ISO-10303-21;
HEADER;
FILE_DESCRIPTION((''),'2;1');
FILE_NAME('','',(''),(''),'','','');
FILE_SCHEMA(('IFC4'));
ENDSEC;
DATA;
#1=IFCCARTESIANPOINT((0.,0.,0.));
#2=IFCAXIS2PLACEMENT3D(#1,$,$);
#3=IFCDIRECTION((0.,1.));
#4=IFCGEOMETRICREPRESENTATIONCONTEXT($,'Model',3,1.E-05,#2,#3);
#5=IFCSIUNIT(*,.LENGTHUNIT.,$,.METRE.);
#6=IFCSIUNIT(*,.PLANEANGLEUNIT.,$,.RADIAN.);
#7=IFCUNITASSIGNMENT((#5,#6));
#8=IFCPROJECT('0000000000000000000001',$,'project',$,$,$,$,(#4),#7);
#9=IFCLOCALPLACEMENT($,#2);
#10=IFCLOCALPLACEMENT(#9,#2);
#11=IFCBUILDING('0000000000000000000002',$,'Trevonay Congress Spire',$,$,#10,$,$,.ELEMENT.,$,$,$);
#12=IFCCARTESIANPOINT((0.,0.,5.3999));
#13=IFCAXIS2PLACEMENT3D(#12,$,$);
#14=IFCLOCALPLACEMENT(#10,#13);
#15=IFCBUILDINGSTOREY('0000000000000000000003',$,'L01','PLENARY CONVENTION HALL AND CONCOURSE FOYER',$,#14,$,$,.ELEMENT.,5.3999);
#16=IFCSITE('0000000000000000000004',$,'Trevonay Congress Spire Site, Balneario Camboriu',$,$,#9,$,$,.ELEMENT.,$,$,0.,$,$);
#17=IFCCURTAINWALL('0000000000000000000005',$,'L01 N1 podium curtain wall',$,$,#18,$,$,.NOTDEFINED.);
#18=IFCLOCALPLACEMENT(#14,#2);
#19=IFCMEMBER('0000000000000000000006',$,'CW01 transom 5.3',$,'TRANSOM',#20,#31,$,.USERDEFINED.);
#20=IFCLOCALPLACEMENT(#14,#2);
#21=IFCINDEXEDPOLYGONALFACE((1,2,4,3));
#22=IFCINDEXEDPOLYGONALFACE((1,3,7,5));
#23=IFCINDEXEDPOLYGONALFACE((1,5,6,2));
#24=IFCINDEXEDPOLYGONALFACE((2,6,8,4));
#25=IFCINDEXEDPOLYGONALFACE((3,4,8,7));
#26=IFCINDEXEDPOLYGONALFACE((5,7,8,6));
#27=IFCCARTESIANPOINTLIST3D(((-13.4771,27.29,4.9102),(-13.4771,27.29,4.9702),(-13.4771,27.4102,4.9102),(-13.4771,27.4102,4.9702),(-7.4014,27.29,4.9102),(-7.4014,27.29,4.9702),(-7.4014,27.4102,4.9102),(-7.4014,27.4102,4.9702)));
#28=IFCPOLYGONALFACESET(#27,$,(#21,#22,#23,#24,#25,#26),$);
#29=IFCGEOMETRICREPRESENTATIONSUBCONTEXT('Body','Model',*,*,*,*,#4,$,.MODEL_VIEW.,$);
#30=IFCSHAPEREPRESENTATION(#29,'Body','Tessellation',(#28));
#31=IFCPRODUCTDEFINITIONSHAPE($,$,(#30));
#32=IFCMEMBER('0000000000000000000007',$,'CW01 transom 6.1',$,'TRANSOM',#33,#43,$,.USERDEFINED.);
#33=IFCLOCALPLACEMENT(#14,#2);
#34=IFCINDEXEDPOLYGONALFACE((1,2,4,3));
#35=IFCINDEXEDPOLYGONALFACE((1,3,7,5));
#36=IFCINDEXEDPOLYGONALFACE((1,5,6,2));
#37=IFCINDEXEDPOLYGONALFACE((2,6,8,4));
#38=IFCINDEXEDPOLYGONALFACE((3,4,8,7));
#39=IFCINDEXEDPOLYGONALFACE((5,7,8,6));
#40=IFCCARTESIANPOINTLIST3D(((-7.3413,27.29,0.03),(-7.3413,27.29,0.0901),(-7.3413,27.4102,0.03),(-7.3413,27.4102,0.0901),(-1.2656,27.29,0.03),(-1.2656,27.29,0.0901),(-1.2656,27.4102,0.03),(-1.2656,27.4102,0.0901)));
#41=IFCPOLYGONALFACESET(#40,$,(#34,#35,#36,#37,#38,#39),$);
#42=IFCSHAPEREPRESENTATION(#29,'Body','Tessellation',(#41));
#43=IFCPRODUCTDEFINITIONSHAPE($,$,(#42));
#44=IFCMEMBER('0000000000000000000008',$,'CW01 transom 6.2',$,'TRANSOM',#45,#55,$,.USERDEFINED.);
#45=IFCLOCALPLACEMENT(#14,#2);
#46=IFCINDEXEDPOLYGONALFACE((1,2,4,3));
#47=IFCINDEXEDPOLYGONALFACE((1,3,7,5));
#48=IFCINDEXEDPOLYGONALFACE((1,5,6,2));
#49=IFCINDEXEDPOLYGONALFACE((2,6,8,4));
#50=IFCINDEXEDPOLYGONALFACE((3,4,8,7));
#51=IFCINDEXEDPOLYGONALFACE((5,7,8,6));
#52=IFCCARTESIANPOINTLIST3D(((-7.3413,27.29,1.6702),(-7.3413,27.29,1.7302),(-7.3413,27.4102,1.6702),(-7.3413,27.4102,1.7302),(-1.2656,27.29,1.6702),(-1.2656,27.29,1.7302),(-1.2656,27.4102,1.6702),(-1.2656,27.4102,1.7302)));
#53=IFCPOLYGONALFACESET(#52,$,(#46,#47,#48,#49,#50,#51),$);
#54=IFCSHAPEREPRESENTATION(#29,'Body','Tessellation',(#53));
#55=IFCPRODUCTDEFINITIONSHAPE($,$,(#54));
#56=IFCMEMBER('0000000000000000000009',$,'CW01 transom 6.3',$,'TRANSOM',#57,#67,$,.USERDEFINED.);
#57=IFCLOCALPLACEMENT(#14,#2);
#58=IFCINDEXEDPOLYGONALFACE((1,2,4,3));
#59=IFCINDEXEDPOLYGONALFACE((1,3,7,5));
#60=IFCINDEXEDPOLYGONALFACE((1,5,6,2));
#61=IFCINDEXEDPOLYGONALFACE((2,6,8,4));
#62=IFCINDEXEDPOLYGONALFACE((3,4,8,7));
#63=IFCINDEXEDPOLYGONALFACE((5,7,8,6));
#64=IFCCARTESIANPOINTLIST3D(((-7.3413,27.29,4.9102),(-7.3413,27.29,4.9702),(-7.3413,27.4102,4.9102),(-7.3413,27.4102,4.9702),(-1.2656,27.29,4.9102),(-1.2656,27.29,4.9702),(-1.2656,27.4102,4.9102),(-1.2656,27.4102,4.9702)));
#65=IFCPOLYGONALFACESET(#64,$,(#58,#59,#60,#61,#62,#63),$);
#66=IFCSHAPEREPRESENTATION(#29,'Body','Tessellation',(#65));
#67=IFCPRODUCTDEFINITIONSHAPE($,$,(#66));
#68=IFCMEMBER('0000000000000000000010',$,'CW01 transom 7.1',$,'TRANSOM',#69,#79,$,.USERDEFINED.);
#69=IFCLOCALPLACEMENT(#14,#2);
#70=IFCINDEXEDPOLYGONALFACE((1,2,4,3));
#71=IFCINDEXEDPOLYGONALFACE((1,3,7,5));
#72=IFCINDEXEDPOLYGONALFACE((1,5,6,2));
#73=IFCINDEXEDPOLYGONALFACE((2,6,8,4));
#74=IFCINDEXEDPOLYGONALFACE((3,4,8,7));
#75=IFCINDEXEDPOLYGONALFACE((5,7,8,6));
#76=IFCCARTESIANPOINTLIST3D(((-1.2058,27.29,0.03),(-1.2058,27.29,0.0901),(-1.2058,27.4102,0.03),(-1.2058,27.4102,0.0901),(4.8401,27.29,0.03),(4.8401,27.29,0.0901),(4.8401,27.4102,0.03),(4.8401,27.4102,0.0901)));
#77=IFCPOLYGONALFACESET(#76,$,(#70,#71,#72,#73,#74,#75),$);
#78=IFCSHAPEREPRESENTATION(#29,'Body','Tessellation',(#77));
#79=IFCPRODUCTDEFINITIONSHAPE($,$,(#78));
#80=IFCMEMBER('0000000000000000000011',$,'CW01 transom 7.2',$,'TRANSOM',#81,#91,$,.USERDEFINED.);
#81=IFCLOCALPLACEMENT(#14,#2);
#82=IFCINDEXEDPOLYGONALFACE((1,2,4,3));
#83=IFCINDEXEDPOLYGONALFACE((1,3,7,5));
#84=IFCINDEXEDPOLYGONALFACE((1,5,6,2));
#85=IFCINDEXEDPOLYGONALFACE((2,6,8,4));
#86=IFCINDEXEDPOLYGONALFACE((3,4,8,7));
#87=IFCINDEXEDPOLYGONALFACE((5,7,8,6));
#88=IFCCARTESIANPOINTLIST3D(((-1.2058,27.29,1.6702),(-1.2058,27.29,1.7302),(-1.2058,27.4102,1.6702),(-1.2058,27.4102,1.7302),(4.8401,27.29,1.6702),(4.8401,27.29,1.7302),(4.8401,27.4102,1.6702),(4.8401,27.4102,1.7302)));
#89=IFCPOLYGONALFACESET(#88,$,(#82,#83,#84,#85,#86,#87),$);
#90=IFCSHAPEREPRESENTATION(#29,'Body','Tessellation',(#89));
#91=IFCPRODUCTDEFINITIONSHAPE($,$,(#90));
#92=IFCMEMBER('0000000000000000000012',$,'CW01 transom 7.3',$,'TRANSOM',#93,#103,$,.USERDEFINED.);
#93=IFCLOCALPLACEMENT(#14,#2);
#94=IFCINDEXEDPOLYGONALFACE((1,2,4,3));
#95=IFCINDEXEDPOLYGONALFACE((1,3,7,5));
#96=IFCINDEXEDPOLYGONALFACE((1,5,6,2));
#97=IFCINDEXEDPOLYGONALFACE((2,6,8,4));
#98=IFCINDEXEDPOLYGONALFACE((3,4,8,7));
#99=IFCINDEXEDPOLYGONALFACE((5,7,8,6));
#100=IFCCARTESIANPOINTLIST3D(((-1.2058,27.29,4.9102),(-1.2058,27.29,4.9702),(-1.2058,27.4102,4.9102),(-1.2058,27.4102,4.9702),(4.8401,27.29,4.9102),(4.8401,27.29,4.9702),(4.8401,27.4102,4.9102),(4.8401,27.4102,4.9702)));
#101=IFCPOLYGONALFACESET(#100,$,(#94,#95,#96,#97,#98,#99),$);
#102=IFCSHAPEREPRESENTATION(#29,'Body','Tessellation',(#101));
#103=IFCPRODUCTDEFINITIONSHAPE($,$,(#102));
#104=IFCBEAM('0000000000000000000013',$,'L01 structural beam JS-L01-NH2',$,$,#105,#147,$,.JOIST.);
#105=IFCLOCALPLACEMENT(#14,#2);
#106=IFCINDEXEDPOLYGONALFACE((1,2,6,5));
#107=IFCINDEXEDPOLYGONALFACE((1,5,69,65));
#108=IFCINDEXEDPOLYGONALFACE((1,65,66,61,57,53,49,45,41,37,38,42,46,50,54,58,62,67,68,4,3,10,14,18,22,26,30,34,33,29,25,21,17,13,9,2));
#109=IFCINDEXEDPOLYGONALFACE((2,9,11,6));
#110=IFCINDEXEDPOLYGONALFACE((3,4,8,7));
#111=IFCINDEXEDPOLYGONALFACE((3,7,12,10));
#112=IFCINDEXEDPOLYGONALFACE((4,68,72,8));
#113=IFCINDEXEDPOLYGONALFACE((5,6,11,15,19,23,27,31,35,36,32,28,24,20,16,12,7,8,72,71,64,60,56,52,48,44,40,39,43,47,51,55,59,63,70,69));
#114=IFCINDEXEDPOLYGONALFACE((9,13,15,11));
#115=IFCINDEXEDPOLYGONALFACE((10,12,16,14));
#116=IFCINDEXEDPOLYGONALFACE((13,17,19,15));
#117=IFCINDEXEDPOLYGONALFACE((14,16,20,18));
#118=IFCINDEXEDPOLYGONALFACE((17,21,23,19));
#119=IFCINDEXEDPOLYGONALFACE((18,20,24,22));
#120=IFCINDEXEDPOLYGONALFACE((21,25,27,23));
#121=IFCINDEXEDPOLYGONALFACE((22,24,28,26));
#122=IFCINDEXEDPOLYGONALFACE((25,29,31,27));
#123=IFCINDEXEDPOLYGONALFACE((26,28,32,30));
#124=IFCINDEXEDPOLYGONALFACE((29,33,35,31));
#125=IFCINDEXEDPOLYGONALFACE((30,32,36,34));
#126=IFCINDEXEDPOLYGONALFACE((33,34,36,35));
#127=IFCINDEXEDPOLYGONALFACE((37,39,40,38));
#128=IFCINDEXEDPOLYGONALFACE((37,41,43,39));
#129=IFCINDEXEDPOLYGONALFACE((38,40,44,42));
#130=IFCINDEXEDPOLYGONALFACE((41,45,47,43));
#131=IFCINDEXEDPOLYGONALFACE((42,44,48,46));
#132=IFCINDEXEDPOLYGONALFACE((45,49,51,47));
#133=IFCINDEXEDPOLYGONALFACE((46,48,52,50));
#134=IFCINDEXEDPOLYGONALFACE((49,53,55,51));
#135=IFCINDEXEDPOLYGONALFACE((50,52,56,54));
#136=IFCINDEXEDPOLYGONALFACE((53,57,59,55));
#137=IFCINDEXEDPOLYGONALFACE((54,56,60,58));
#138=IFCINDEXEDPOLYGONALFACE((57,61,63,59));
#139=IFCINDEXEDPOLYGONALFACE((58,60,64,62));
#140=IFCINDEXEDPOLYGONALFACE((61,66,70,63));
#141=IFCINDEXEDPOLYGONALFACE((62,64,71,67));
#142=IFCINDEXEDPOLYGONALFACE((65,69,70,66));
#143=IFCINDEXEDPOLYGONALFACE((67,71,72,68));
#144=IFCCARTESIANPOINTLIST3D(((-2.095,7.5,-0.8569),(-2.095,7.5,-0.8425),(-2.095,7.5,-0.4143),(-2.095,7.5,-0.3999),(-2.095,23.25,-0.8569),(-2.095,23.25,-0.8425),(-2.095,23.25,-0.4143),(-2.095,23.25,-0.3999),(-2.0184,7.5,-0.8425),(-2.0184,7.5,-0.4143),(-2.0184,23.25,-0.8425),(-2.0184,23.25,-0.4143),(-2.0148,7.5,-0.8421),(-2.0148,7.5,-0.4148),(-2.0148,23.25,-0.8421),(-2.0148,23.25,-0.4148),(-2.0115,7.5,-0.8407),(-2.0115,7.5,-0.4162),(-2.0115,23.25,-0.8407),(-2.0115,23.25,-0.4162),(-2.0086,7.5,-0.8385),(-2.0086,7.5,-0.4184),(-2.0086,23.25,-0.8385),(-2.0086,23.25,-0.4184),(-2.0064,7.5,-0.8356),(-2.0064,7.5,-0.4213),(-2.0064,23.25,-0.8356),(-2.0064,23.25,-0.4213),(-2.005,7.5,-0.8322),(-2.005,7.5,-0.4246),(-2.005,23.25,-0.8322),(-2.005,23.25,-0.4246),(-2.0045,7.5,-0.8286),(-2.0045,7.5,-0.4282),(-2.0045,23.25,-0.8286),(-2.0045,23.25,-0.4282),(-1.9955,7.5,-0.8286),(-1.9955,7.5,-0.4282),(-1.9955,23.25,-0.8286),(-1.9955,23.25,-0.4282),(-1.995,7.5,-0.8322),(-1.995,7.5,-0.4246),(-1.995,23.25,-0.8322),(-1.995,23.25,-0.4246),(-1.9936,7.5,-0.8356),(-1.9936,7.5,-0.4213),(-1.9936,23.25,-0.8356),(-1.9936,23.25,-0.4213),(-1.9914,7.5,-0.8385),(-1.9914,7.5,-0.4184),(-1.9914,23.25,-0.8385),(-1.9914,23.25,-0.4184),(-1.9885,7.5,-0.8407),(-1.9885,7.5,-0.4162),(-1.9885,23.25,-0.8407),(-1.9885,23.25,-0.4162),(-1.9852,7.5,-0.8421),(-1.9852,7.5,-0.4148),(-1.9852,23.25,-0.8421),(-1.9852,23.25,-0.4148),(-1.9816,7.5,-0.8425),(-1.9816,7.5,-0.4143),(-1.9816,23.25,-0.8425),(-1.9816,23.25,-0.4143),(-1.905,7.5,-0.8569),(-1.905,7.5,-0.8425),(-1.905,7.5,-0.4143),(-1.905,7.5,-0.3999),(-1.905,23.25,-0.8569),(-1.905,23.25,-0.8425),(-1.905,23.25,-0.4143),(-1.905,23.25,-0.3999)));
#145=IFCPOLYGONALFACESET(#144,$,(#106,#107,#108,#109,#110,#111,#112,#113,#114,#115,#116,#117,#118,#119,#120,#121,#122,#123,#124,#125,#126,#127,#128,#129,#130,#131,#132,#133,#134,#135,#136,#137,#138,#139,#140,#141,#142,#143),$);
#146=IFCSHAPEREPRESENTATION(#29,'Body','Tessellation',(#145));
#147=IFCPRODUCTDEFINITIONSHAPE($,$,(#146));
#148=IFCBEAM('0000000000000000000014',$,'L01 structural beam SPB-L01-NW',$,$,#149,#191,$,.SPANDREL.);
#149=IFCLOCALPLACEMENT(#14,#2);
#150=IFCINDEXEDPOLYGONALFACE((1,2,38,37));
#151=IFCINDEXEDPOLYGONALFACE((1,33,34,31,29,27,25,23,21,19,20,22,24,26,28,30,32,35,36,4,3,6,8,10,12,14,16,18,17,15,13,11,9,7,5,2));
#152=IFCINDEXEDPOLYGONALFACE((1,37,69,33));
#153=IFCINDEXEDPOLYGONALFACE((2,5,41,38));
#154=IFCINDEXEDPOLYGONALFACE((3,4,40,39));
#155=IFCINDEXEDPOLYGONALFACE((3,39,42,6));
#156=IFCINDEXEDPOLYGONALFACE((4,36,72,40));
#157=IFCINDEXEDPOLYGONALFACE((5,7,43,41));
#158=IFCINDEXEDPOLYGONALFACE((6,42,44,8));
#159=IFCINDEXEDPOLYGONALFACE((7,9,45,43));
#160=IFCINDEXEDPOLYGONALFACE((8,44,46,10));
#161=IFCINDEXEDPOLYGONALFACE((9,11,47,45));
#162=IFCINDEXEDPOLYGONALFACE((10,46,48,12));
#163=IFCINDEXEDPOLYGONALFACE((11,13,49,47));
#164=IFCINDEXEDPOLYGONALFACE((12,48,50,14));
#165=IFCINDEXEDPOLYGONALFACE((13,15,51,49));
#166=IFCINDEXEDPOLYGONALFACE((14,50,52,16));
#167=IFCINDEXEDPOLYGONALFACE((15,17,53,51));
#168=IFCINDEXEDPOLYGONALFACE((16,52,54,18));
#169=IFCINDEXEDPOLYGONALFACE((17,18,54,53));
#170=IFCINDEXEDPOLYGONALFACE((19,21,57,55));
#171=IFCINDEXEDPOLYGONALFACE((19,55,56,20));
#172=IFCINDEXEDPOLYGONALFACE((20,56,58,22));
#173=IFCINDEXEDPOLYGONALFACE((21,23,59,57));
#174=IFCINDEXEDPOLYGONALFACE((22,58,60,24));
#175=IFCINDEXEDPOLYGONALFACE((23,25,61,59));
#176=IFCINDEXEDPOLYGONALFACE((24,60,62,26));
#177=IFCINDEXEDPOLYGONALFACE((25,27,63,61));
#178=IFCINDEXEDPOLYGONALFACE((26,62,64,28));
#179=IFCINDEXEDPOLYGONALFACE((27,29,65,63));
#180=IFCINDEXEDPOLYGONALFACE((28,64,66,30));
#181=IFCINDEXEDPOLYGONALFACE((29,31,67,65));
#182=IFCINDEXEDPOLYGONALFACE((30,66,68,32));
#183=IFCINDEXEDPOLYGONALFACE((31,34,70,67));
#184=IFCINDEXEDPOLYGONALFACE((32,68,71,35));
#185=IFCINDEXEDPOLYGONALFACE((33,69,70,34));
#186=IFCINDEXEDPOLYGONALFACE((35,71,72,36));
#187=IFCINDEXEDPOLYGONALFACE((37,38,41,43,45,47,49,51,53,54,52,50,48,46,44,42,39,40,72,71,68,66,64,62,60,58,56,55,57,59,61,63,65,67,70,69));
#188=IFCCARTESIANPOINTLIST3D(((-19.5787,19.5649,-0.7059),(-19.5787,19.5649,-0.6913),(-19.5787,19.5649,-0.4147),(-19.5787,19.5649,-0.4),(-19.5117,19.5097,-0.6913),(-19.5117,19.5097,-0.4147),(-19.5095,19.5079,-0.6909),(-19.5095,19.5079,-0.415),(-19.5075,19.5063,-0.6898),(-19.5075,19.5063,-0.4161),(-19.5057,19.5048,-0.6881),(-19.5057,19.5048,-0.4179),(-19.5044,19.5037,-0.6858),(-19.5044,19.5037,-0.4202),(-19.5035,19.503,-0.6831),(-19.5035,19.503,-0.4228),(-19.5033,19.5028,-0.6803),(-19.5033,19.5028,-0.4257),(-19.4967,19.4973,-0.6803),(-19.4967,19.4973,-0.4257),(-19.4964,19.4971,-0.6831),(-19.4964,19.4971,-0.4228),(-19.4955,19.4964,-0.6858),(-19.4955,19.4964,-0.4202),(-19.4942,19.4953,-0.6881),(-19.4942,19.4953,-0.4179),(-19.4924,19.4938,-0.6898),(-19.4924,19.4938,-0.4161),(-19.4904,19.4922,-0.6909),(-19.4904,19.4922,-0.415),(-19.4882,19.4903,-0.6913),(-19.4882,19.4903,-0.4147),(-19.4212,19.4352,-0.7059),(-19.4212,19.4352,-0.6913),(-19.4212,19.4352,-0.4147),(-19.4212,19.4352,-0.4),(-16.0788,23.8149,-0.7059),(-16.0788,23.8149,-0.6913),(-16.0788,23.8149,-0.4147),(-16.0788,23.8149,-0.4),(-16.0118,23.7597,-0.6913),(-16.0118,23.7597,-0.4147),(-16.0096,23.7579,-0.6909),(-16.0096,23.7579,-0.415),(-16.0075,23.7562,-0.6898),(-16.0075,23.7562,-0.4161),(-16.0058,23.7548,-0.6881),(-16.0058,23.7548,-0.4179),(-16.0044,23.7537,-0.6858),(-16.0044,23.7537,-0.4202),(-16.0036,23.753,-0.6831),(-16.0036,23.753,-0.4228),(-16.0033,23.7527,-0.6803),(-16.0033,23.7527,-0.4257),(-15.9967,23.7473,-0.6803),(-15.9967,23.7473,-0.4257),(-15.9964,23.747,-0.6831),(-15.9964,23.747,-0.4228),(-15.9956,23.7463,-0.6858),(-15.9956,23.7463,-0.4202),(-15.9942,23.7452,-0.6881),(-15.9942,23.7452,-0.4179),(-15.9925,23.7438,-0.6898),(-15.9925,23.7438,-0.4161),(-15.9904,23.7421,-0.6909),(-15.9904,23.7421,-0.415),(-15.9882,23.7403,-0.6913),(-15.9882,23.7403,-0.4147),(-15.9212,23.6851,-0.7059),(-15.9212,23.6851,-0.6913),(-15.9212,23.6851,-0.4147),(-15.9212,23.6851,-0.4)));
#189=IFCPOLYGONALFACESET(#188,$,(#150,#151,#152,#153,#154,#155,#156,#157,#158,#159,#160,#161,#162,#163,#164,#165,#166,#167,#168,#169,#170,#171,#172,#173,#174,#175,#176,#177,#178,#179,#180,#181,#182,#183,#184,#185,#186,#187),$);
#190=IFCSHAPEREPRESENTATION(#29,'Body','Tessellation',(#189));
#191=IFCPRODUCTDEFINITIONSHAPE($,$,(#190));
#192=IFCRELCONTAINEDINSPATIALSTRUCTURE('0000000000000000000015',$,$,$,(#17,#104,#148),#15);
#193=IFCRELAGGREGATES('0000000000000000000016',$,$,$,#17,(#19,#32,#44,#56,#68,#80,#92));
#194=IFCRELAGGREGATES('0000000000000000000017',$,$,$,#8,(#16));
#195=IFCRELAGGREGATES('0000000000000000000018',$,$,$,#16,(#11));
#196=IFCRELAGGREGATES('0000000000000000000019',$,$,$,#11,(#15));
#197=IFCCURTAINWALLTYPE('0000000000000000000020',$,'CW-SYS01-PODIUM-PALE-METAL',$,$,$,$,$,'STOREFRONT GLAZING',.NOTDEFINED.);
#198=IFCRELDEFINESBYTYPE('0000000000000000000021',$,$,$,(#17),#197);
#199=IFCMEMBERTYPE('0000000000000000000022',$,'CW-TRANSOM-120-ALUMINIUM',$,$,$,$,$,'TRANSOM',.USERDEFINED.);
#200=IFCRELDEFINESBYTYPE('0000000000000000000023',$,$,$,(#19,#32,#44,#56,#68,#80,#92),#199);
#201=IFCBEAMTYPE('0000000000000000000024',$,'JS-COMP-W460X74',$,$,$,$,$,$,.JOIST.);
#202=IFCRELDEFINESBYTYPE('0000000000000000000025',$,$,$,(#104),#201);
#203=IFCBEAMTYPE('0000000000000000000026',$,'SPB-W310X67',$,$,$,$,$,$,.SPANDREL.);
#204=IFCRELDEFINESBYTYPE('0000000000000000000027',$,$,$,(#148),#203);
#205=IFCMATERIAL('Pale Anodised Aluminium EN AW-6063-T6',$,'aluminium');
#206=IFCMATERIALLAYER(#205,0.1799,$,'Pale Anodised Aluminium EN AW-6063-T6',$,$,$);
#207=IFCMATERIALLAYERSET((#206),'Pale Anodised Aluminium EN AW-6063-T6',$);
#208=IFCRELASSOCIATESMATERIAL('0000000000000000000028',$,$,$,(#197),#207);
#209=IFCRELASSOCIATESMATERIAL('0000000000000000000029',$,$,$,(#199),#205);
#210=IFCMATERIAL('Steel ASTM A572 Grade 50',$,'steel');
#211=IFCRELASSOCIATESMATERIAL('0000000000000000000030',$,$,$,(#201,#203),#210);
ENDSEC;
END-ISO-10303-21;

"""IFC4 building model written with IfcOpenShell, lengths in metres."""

from ifc_helpers import new_model, si_unit, direction, frame, origin, origin_2d, place, context, subcontext, project, spatial, rectangle, i_section, extrude, material, layer, layer_set, material_profile, profile_set, type_object, element, aggregate, save


model = new_model("IFC4")

# Units and contexts
model_context = context("Model", 3, precision=1e-05, world=origin(), true_north=direction((0.0, 1.0)))
body_context = subcontext(model_context, "Body", "Model", "MODEL_VIEW")
ifc_project = project(units=[si_unit("LENGTHUNIT", "METRE"), si_unit("PLANEANGLEUNIT", "RADIAN")], contexts=[model_context])

# Site, building, storey
site_placement = place(None, origin())
site = spatial("IfcSite", under=ifc_project, at=site_placement, Name="Trevonay Congress Spire Site, Balneario Camboriu", CompositionType="ELEMENT", RefElevation=0.0)
building_placement = place(site_placement, origin())
building = spatial("IfcBuilding", under=site, at=building_placement, Name="Trevonay Congress Spire", CompositionType="ELEMENT")
storey_placement = place(building_placement, frame((0.0, 0.0, 5.3999)))
storey = spatial("IfcBuildingStorey", under=building, at=storey_placement, Name="L01", Description="PLENARY CONVENTION HALL AND CONCOURSE FOYER", CompositionType="ELEMENT", Elevation=5.3999)

# Shared definitions
ifc_material_1 = material(Name="Steel ASTM A572 Grade 50", Category="steel")

# Curtain wall, members
ifc_material_2 = material(Name="Pale Anodised Aluminium EN AW-6063-T6", Category="aluminium")
ifc_layer_1 = layer(ifc_material_2, 0.1799, Name="Pale Anodised Aluminium EN AW-6063-T6")
ifc_layer_set_1 = layer_set([ifc_layer_1], Name="Pale Anodised Aluminium EN AW-6063-T6")
curtain_wall_type = type_object("IfcCurtainWallType", Name="CW-SYS01-PODIUM-PALE-METAL", ElementType="STOREFRONT GLAZING", PredefinedType="NOTDEFINED", material=ifc_layer_set_1)
curtain_wall_placement = place(storey_placement, origin())
curtain_wall = element("IfcCurtainWall", 1, at=curtain_wall_placement, inside=storey, type_object=curtain_wall_type, Name="L01 N1 podium curtain wall", PredefinedType="NOTDEFINED")
ifc_material_profile_1 = material_profile(ifc_material_2, rectangle(XDim=0.1201, YDim=0.0601, at=origin_2d()), Name="CW-TRANSOM-120-ALUMINIUM")
ifc_profile_set_1 = profile_set([ifc_material_profile_1], Name="Pale Anodised Aluminium EN AW-6063-T6")
member_type_1 = type_object("IfcMemberType", Name="CW-TRANSOM-120-ALUMINIUM", ElementType="TRANSOM", PredefinedType="USERDEFINED", material=ifc_profile_set_1)
member_1_placement = place(storey_placement, frame((-13.4771, 27.3501, 4.9402), z_axis=(1.0, 0.0, 0.0), x_axis=(0.0, 1.0, 0.0)))
member_1 = element("IfcMember", 2, at=member_1_placement, type_object=member_type_1, Name="CW01 transom 5.3", ObjectType="TRANSOM", PredefinedType="USERDEFINED", context=body_context, shape_type="SweptSolid", body=[
    extrude(rectangle(XDim=0.1201, YDim=0.0601, at=origin_2d()), origin(), (0.0, 0.0, 1.0), 6.0757),
])
member_2_placement = place(storey_placement, frame((-7.3413, 27.3501, 0.0601), z_axis=(1.0, 0.0, 0.0), x_axis=(0.0, 1.0, 0.0)))
member_2 = element("IfcMember", 3, at=member_2_placement, type_object=member_type_1, Name="CW01 transom 6.1", ObjectType="TRANSOM", PredefinedType="USERDEFINED", context=body_context, shape_type="SweptSolid", body=[
    extrude(rectangle(XDim=0.1201, YDim=0.0601, at=origin_2d()), origin(), (0.0, 0.0, 1.0), 6.0757),
])
member_3_placement = place(storey_placement, frame((-7.3413, 27.3501, 1.7002), z_axis=(1.0, 0.0, 0.0), x_axis=(0.0, 1.0, 0.0)))
member_3 = element("IfcMember", 4, at=member_3_placement, type_object=member_type_1, Name="CW01 transom 6.2", ObjectType="TRANSOM", PredefinedType="USERDEFINED", context=body_context, shape_type="SweptSolid", body=[
    extrude(rectangle(XDim=0.1201, YDim=0.0601, at=origin_2d()), origin(), (0.0, 0.0, 1.0), 6.0757),
])
member_4_placement = place(storey_placement, frame((-7.3413, 27.3501, 4.9402), z_axis=(1.0, 0.0, 0.0), x_axis=(0.0, 1.0, 0.0)))
member_4 = element("IfcMember", 5, at=member_4_placement, type_object=member_type_1, Name="CW01 transom 6.3", ObjectType="TRANSOM", PredefinedType="USERDEFINED", context=body_context, shape_type="SweptSolid", body=[
    extrude(rectangle(XDim=0.1201, YDim=0.0601, at=origin_2d()), origin(), (0.0, 0.0, 1.0), 6.0757),
])
member_5_placement = place(storey_placement, frame((-1.2058, 27.3501, 0.0601), z_axis=(1.0, 0.0, 0.0), x_axis=(0.0, 1.0, 0.0)))
member_5 = element("IfcMember", 6, at=member_5_placement, type_object=member_type_1, Name="CW01 transom 7.1", ObjectType="TRANSOM", PredefinedType="USERDEFINED", context=body_context, shape_type="SweptSolid", body=[
    extrude(rectangle(XDim=0.1201, YDim=0.0601, at=origin_2d()), origin(), (0.0, 0.0, 1.0), 6.0459),
])
member_6_placement = place(storey_placement, frame((-1.2058, 27.3501, 1.7002), z_axis=(1.0, 0.0, 0.0), x_axis=(0.0, 1.0, 0.0)))
member_6 = element("IfcMember", 7, at=member_6_placement, type_object=member_type_1, Name="CW01 transom 7.2", ObjectType="TRANSOM", PredefinedType="USERDEFINED", context=body_context, shape_type="SweptSolid", body=[
    extrude(rectangle(XDim=0.1201, YDim=0.0601, at=origin_2d()), origin(), (0.0, 0.0, 1.0), 6.0459),
])
member_7_placement = place(storey_placement, frame((-1.2058, 27.3501, 4.9402), z_axis=(1.0, 0.0, 0.0), x_axis=(0.0, 1.0, 0.0)))
member_7 = element("IfcMember", 8, at=member_7_placement, type_object=member_type_1, Name="CW01 transom 7.3", ObjectType="TRANSOM", PredefinedType="USERDEFINED", context=body_context, shape_type="SweptSolid", body=[
    extrude(rectangle(XDim=0.1201, YDim=0.0601, at=origin_2d()), origin(), (0.0, 0.0, 1.0), 6.0459),
])

# Beams
ifc_material_profile_2 = material_profile(ifc_material_1, i_section(OverallWidth=0.1899, OverallDepth=0.457, WebThickness=0.009, FlangeThickness=0.0144, FilletRadius=0.0139, at=origin_2d()), Name="W460x74")
ifc_profile_set_2 = profile_set([ifc_material_profile_2], Name="Steel ASTM A572 Grade 50")
beam_type_1 = type_object("IfcBeamType", Name="JS-COMP-W460X74", PredefinedType="JOIST", material=ifc_profile_set_2)
beam_1_placement = place(storey_placement, frame((-2.0, 7.5, -0.6284), z_axis=(0.0, 1.0, 0.0), x_axis=(-1.0, 0.0, 0.0)))
element("IfcBeam", 9, at=beam_1_placement, inside=storey, type_object=beam_type_1, Name="L01 structural beam JS-L01-NH2", PredefinedType="JOIST", context=body_context, shape_type="SweptSolid", body=[
    extrude(i_section(OverallWidth=0.1899, OverallDepth=0.457, WebThickness=0.009, FlangeThickness=0.0144, FilletRadius=0.0139, at=origin_2d()), origin(), (0.0, 0.0, 1.0), 15.75),
])
ifc_material_profile_3 = material_profile(ifc_material_1, i_section(OverallWidth=0.2041, OverallDepth=0.3059, WebThickness=0.0085, FlangeThickness=0.0146, FilletRadius=0.011, at=origin_2d()), Name="W310x67")
ifc_profile_set_3 = profile_set([ifc_material_profile_3], Name="Steel ASTM A572 Grade 50")
beam_type_2 = type_object("IfcBeamType", Name="SPB-W310X67", PredefinedType="SPANDREL", material=ifc_profile_set_3)
beam_2_placement = place(storey_placement, frame((-16.0, 23.75, -0.553), z_axis=(-0.635707, -0.77193, 0.0), x_axis=(0.77193, -0.635707, 0.0)))
element("IfcBeam", 10, at=beam_2_placement, inside=storey, type_object=beam_type_2, Name="L01 structural beam SPB-L01-NW", PredefinedType="SPANDREL", context=body_context, shape_type="SweptSolid", body=[
    extrude(i_section(OverallWidth=0.2041, OverallDepth=0.3059, WebThickness=0.0085, FlangeThickness=0.0146, FilletRadius=0.011, at=origin_2d()), origin(), (0.0, 0.0, 1.0), 5.5056),
])

aggregate(curtain_wall, [member_1, member_2, member_3, member_4, member_5, member_6, member_7])

save(model, "model.ifc")
